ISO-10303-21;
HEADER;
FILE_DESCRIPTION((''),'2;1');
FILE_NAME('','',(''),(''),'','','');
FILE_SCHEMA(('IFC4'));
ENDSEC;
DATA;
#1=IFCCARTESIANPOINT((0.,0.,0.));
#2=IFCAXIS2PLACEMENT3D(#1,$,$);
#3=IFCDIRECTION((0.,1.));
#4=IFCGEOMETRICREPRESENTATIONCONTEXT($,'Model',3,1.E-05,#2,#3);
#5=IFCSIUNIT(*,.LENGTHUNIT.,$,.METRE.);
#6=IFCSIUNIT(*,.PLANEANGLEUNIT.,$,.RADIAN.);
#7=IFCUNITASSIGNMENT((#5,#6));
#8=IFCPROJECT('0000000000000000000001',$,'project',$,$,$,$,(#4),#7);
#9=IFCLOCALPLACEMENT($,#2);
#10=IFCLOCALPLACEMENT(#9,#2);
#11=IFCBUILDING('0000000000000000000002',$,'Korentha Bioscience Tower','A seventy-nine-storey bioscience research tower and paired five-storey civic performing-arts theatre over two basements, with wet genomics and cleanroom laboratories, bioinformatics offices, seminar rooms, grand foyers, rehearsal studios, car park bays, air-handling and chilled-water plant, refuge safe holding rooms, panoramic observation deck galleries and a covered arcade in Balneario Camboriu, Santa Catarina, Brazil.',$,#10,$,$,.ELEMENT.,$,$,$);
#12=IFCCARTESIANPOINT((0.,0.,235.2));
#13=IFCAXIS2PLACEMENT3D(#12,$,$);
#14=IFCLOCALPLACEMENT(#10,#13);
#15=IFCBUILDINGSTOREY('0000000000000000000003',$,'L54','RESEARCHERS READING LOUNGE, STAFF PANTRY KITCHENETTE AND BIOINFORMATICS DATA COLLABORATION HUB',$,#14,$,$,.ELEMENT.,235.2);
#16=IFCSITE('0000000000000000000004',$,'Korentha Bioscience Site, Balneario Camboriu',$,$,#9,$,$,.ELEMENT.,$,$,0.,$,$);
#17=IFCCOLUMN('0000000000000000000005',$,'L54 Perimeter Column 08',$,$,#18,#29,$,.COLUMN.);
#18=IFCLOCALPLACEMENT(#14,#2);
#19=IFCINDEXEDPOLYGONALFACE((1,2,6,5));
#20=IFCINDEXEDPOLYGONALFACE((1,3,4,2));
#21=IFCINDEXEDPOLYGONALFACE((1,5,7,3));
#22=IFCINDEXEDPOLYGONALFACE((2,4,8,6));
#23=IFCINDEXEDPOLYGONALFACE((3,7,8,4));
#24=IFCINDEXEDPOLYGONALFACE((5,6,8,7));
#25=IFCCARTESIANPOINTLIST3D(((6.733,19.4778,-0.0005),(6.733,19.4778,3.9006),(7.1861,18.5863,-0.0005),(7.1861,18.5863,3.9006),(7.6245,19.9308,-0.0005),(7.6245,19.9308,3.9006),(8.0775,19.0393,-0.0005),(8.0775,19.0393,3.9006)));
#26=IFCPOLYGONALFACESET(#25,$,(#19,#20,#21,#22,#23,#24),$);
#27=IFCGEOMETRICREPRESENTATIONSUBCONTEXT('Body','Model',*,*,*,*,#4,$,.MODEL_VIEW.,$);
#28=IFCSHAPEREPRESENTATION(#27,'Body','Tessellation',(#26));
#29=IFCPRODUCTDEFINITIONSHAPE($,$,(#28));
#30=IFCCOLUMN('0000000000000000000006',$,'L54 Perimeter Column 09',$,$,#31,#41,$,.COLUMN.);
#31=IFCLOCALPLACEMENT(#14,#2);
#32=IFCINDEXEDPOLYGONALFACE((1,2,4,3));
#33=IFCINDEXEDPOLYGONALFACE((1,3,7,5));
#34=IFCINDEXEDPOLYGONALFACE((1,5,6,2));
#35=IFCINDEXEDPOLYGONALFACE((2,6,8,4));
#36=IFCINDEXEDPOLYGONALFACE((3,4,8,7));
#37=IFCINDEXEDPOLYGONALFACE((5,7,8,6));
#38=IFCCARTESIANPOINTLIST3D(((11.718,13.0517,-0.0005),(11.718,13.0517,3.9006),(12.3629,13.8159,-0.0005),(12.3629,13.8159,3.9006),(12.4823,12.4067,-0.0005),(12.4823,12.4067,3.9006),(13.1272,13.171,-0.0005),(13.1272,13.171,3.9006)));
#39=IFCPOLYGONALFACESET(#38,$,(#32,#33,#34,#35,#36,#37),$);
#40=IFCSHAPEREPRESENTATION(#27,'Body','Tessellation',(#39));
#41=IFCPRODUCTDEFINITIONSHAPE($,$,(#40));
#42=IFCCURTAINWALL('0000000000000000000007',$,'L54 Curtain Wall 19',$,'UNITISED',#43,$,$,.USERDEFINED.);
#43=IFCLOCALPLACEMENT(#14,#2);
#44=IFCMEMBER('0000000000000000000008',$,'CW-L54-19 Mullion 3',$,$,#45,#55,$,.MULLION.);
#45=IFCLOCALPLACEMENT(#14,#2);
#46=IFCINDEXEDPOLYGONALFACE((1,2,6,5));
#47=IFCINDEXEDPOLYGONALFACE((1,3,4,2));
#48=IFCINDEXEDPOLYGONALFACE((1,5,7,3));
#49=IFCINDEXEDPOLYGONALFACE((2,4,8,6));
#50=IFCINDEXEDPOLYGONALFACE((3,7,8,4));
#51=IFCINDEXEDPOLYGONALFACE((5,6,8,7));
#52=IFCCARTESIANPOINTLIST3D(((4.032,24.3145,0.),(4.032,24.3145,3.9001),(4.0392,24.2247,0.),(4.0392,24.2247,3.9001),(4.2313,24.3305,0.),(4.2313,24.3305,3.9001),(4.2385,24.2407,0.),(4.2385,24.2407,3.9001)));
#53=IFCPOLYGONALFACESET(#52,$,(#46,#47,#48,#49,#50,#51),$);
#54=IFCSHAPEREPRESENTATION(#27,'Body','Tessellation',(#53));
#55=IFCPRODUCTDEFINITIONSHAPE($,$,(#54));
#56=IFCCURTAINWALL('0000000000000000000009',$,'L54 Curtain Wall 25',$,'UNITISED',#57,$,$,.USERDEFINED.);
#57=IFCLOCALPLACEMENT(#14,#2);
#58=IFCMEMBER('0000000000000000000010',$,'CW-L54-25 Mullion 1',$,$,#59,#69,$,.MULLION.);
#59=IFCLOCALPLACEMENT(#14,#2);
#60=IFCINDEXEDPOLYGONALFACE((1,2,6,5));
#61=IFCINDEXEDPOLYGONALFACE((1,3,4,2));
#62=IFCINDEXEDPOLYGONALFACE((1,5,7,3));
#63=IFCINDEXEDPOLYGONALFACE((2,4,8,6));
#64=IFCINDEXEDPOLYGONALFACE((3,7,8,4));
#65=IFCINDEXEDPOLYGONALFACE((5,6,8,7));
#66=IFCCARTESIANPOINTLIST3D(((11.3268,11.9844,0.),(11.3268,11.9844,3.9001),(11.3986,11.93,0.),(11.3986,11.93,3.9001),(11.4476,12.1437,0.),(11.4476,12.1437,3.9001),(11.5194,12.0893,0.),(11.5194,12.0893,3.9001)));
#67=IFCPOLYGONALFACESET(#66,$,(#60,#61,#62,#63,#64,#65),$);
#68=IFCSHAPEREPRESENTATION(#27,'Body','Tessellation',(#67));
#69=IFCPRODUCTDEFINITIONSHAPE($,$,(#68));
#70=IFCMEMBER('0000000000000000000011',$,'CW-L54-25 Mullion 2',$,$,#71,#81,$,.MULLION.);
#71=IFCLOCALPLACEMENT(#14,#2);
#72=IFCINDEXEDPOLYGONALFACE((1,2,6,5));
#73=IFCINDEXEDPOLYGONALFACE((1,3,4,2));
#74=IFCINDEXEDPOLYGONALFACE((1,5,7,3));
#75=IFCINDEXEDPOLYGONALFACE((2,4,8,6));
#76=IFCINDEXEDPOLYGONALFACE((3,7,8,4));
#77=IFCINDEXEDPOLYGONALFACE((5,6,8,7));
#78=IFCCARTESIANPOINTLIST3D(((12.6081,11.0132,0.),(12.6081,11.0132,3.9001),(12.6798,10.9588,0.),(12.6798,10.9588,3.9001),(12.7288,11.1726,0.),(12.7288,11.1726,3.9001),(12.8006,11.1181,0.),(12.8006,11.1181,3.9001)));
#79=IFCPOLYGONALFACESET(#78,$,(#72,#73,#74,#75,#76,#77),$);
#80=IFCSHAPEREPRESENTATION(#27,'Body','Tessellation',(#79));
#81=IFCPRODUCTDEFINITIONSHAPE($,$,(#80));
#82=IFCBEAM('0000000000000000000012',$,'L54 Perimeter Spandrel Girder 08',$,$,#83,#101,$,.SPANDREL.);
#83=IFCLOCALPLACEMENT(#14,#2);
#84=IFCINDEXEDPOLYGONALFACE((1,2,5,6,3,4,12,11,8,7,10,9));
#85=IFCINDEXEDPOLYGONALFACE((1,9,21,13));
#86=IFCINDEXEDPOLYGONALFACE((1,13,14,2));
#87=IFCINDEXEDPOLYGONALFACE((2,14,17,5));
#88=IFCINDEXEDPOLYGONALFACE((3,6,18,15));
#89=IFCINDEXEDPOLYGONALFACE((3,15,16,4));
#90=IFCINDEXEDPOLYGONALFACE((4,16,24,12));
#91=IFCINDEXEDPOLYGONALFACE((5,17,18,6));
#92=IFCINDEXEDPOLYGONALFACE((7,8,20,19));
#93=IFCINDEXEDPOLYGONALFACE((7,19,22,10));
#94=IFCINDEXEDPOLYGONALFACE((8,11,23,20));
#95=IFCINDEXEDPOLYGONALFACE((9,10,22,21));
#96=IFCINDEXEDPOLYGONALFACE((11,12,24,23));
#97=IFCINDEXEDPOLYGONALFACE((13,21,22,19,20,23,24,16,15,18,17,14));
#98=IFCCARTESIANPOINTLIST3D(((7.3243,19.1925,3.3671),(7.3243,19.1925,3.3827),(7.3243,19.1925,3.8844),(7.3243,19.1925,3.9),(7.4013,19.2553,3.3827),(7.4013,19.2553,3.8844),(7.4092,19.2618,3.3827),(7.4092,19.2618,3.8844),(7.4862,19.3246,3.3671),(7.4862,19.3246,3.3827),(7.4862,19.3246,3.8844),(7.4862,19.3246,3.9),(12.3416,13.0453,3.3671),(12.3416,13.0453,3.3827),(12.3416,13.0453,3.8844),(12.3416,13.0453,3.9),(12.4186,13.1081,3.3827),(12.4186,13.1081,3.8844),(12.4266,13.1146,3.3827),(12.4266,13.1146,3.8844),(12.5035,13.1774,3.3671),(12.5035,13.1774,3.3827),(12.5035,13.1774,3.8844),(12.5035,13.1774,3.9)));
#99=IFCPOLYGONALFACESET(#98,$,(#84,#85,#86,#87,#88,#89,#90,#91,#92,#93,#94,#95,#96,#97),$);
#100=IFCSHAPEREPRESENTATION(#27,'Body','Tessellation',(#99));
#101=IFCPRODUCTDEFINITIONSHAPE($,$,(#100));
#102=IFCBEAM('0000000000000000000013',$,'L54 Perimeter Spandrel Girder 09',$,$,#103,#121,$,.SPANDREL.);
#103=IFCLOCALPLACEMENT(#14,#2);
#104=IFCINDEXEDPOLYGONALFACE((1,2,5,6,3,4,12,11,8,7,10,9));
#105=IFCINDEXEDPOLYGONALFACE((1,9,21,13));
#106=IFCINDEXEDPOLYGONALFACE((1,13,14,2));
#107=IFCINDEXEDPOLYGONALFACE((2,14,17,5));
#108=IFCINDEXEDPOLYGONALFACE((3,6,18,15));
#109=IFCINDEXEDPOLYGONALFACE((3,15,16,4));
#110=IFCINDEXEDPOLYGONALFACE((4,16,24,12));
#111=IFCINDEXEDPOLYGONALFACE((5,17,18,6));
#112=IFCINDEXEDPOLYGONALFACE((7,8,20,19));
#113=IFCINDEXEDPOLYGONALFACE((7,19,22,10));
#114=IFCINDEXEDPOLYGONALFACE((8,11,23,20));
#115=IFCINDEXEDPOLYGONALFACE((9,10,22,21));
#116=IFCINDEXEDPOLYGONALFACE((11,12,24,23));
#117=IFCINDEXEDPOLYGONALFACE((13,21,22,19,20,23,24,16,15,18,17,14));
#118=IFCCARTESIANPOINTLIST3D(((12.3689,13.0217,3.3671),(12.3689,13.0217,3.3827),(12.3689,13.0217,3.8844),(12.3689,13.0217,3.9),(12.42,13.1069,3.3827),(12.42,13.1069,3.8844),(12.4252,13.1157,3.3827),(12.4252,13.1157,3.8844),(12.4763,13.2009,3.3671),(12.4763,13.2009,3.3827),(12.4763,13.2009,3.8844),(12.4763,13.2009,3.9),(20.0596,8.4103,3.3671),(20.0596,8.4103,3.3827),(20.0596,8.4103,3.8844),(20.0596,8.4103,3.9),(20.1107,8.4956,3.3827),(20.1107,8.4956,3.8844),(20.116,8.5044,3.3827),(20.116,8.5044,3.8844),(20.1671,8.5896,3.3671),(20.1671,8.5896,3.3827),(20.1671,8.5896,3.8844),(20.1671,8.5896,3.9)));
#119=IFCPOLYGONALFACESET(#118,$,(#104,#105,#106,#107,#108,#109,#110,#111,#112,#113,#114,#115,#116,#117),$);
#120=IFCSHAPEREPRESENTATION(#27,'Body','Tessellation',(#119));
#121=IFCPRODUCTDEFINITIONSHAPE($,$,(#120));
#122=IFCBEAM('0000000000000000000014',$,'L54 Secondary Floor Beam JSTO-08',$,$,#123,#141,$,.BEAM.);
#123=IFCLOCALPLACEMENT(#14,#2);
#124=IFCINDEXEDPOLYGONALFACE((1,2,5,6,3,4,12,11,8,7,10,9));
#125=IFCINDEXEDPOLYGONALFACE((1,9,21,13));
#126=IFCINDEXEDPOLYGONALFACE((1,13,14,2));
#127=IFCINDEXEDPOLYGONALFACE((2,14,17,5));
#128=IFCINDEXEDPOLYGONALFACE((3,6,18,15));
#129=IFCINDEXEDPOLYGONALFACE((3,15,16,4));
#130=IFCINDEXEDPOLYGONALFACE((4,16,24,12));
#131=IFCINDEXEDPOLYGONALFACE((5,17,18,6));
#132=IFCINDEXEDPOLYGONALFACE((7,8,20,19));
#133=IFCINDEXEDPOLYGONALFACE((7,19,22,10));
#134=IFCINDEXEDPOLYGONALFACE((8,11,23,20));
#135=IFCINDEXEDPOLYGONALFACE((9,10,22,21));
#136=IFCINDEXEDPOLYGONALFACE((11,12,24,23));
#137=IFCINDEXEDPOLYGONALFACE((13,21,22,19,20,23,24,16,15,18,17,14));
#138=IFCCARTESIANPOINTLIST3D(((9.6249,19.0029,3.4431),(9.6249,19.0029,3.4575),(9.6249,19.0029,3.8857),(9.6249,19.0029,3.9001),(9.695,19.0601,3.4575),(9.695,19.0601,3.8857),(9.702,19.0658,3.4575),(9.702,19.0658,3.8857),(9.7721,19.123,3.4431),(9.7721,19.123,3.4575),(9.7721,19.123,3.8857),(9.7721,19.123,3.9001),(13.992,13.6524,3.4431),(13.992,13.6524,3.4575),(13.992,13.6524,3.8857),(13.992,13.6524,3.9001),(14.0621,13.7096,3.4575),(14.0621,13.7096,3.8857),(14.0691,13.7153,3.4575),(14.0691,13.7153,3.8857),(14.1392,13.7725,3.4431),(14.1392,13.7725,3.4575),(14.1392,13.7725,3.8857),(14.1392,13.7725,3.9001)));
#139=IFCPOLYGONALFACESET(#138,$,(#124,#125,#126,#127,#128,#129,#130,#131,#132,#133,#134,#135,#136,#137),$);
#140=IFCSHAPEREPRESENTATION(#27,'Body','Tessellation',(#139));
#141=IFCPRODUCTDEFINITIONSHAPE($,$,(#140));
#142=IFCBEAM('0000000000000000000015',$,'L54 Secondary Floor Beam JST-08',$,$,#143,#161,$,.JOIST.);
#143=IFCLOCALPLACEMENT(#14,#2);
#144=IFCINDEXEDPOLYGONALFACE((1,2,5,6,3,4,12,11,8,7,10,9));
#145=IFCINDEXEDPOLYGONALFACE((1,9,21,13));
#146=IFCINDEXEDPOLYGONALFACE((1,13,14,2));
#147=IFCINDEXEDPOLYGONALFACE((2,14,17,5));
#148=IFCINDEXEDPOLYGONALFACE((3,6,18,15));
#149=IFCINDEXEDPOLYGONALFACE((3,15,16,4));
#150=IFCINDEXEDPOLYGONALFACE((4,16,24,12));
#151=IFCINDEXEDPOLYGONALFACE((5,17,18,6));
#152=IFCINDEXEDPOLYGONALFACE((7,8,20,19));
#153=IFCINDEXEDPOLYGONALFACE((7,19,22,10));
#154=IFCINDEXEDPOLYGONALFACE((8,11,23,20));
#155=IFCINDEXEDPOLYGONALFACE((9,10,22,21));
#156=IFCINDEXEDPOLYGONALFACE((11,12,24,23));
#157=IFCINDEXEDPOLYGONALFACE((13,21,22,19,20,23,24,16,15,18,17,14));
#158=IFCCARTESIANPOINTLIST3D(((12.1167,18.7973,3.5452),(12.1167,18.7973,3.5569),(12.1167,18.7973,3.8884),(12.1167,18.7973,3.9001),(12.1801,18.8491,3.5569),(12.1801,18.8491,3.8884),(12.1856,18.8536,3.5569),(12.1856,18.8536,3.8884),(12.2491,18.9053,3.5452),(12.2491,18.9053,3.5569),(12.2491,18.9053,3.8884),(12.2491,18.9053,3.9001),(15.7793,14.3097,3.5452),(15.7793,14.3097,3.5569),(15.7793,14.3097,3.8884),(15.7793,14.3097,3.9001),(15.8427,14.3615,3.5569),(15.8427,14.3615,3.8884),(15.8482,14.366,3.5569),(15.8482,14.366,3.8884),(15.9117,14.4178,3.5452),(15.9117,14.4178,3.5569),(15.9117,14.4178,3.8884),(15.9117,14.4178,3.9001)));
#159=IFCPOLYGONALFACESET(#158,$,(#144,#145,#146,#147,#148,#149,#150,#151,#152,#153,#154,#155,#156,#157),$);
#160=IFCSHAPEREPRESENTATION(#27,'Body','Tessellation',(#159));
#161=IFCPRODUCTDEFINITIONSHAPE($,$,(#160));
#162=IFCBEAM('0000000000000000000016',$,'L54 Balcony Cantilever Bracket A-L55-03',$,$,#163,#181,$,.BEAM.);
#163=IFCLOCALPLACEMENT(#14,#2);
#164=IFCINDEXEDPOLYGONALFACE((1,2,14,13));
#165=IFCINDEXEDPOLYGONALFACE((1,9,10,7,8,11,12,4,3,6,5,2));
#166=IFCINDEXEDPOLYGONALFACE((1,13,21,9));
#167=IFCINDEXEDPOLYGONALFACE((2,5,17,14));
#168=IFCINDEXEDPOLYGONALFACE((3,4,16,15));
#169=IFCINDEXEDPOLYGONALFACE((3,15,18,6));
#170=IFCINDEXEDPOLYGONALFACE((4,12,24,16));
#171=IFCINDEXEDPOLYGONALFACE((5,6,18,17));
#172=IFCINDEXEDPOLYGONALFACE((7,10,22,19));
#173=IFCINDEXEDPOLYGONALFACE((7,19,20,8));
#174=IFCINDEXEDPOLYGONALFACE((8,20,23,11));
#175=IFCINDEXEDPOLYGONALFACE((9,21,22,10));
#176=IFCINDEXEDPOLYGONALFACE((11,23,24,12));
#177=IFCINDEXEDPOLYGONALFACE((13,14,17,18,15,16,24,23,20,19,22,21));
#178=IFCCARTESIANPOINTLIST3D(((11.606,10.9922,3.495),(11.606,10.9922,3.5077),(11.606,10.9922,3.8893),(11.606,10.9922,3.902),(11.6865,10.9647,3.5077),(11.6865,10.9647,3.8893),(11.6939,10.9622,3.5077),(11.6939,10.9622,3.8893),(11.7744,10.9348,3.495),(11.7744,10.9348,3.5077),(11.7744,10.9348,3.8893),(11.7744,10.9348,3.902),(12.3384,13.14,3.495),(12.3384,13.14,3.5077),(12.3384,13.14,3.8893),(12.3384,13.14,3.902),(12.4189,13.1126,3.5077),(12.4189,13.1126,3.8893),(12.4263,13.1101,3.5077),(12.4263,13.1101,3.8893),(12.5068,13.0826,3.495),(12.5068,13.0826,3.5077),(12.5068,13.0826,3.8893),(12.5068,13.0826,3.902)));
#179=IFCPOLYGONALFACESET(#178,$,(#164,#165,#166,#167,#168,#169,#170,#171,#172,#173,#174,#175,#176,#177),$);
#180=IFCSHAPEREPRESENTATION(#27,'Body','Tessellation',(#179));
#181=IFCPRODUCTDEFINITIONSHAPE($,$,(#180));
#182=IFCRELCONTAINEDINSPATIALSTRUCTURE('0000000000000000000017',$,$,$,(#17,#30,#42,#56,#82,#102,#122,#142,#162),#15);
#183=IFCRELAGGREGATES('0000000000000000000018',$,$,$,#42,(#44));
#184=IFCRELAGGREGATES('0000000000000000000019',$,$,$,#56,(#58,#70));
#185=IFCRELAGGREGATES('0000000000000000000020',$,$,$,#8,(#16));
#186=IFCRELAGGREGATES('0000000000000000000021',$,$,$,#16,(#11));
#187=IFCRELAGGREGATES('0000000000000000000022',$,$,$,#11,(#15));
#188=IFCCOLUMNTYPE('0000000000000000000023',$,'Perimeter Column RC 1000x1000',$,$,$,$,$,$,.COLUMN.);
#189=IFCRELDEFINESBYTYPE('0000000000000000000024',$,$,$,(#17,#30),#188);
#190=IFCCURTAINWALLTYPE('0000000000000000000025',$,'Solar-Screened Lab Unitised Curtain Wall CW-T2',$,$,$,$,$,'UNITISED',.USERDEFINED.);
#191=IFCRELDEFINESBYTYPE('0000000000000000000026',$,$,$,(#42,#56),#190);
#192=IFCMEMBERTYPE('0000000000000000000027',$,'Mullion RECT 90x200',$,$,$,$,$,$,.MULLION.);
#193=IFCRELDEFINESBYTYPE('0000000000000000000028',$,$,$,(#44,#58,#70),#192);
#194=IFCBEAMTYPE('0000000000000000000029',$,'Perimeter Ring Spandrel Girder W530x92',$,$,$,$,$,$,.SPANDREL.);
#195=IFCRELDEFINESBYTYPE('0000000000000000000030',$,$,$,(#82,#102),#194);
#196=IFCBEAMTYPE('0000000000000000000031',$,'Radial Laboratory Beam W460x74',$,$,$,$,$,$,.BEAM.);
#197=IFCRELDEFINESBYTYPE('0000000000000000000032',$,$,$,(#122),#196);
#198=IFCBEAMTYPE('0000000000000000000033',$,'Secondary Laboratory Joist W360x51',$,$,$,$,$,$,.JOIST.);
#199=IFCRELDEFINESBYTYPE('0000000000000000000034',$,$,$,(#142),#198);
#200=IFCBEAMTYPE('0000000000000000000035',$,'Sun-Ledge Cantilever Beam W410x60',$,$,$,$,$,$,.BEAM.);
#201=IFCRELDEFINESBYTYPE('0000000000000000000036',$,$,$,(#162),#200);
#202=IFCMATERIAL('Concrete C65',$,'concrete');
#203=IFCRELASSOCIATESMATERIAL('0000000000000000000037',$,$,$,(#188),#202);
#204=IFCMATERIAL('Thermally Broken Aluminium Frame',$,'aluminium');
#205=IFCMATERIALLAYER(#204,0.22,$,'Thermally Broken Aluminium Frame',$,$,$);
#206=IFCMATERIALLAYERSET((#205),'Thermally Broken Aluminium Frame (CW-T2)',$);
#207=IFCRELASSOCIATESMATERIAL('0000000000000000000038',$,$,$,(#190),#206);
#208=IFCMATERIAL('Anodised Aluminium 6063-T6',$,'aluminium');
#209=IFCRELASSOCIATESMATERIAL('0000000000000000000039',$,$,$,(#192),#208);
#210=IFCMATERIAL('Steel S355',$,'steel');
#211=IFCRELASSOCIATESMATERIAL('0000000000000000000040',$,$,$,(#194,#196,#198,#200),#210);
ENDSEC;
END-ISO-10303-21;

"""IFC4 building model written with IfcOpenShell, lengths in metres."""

from ifc_helpers import new_model, si_unit, direction, frame, origin, origin_2d, place, context, subcontext, project, spatial, rectangle, i_section, extrude, material, layer, layer_set, material_profile, profile_set, type_object, element, aggregate, save


model = new_model("IFC4")

# Units and contexts
model_context = context("Model", 3, precision=1e-05, world=origin(), true_north=direction((0.0, 1.0)))
body_context = subcontext(model_context, "Body", "Model", "MODEL_VIEW")
ifc_project = project(units=[si_unit("LENGTHUNIT", "METRE"), si_unit("PLANEANGLEUNIT", "RADIAN")], contexts=[model_context])

# Site, building, storey
site_placement = place(None, origin())
site = spatial("IfcSite", under=ifc_project, at=site_placement, Name="Korentha Bioscience Site, Balneario Camboriu", CompositionType="ELEMENT", RefElevation=0.0)
building_placement = place(site_placement, origin())
building = spatial("IfcBuilding", under=site, at=building_placement, Name="Korentha Bioscience Tower", Description="A seventy-nine-storey bioscience research tower and paired five-storey civic performing-arts theatre over two basements, with wet genomics and cleanroom laboratories, bioinformatics offices, seminar rooms, grand foyers, rehearsal studios, car park bays, air-handling and chilled-water plant, refuge safe holding rooms, panoramic observation deck galleries and a covered arcade in Balneario Camboriu, Santa Catarina, Brazil.", CompositionType="ELEMENT")
storey_placement = place(building_placement, frame((0.0, 0.0, 235.2)))
storey = spatial("IfcBuildingStorey", under=building, at=storey_placement, Name="L54", Description="RESEARCHERS READING LOUNGE, STAFF PANTRY KITCHENETTE AND BIOINFORMATICS DATA COLLABORATION HUB", CompositionType="ELEMENT", Elevation=235.2)

# Columns
ifc_material_1 = material(Name="Concrete C65", Category="concrete")
ifc_material_profile_1 = material_profile(ifc_material_1, rectangle(XDim=1.0, YDim=1.0, at=origin_2d()), Name="Concrete C65")
ifc_profile_set_1 = profile_set([ifc_material_profile_1], Name="Concrete C65 (COL-P10)")
column_type = type_object("IfcColumnType", Name="Perimeter Column RC 1000x1000", PredefinedType="COLUMN", material=ifc_profile_set_1)
for number, where, z_axis, x_axis, name in (
    (1, (7.4053, 19.2585, -0.0005), (0.0, 0.0, 1.0), (-0.453057, 0.891481, 0.0), "L54 Perimeter Column 08"),
    (2, (12.4226, 13.1113, -0.0005), (0.0, 0.0, 1.0), (-0.764246, 0.644924, 0.0), "L54 Perimeter Column 09"),
):
    element("IfcColumn", number, at=place(storey_placement, frame(where, z_axis=z_axis, x_axis=x_axis)), inside=storey, type_object=column_type, Name=name, PredefinedType="COLUMN", context=body_context, shape_type="SweptSolid", body=[
        extrude(rectangle(XDim=1.0, YDim=1.0, at=origin_2d()), origin(), (0.0, 0.0, 1.0), 3.9011),
    ])

# Curtain wall, member
ifc_material_2 = material(Name="Thermally Broken Aluminium Frame", Category="aluminium")
ifc_layer_1 = layer(ifc_material_2, 0.22, Name="Thermally Broken Aluminium Frame")
ifc_layer_set_1 = layer_set([ifc_layer_1], Name="Thermally Broken Aluminium Frame (CW-T2)")
curtain_wall_type = type_object("IfcCurtainWallType", Name="Solar-Screened Lab Unitised Curtain Wall CW-T2", ElementType="UNITISED", PredefinedType="USERDEFINED", material=ifc_layer_set_1)
curtain_wall_1_placement = place(storey_placement, origin())
curtain_wall_1 = element("IfcCurtainWall", 3, at=curtain_wall_1_placement, inside=storey, type_object=curtain_wall_type, Name="L54 Curtain Wall 19", ObjectType="UNITISED", PredefinedType="USERDEFINED")
ifc_material_3 = material(Name="Anodised Aluminium 6063-T6", Category="aluminium")
ifc_material_profile_2 = material_profile(ifc_material_3, rectangle(XDim=0.0901, YDim=0.2, at=origin_2d()), Name="Anodised Aluminium 6063-T6")
ifc_profile_set_2 = profile_set([ifc_material_profile_2], Name="Anodised Aluminium 6063-T6 (CW-MUL)")
member_type_1 = type_object("IfcMemberType", Name="Mullion RECT 90x200", PredefinedType="MULLION", material=ifc_profile_set_2)
member_1_placement = place(storey_placement, frame((4.1353, 24.2776, 0.0), z_axis=(0.0, 0.0, 1.0), x_axis=(0.079748, -0.996815, 0.0)))
member_1 = element("IfcMember", 4, at=member_1_placement, type_object=member_type_1, Name="CW-L54-19 Mullion 3", PredefinedType="MULLION", context=body_context, shape_type="SweptSolid", body=[
    extrude(rectangle(XDim=0.0901, YDim=0.2, at=origin_2d()), origin(), (0.0, 0.0, 1.0), 3.9001),
])

# Curtain wall, members
curtain_wall_2_placement = place(storey_placement, origin())
curtain_wall_2 = element("IfcCurtainWall", 5, at=curtain_wall_2_placement, inside=storey, type_object=curtain_wall_type, Name="L54 Curtain Wall 25", ObjectType="UNITISED", PredefinedType="USERDEFINED")
member_2_placement = place(storey_placement, frame((11.4231, 12.0369, 0.0), z_axis=(0.0, 0.0, 1.0), x_axis=(0.796889, -0.604126, 0.0)))
member_2 = element("IfcMember", 6, at=member_2_placement, type_object=member_type_1, Name="CW-L54-25 Mullion 1", PredefinedType="MULLION", context=body_context, shape_type="SweptSolid", body=[
    extrude(rectangle(XDim=0.0901, YDim=0.2, at=origin_2d()), origin(), (0.0, 0.0, 1.0), 3.9001),
])
member_3_placement = place(storey_placement, frame((12.7043, 11.0657, 0.0), z_axis=(0.0, 0.0, 1.0), x_axis=(0.796889, -0.604126, 0.0)))
member_3 = element("IfcMember", 7, at=member_3_placement, type_object=member_type_1, Name="CW-L54-25 Mullion 2", PredefinedType="MULLION", context=body_context, shape_type="SweptSolid", body=[
    extrude(rectangle(XDim=0.0901, YDim=0.2, at=origin_2d()), origin(), (0.0, 0.0, 1.0), 3.9001),
])

# Beams
ifc_material_4 = material(Name="Steel S355", Category="steel")
ifc_material_profile_3 = material_profile(ifc_material_4, i_section(OverallWidth=0.209, OverallDepth=0.533, WebThickness=0.0103, FlangeThickness=0.0156, at=origin_2d()), Name="Steel S355")
ifc_profile_set_3 = profile_set([ifc_material_profile_3], Name="Steel S355 (SB-530)")
beam_type_1 = type_object("IfcBeamType", Name="Perimeter Ring Spandrel Girder W530x92", PredefinedType="SPANDREL", material=ifc_profile_set_3)
beam_1_placement = place(storey_placement, frame((7.4053, 19.2585, 3.6335), z_axis=(0.632316, -0.774711, 0.0), x_axis=(0.774711, 0.632316, 0.0)))
element("IfcBeam", 8, at=beam_1_placement, inside=storey, type_object=beam_type_1, Name="L54 Perimeter Spandrel Girder 08", PredefinedType="SPANDREL", context=body_context, shape_type="SweptSolid", body=[
    extrude(i_section(OverallWidth=0.209, OverallDepth=0.533, WebThickness=0.0103, FlangeThickness=0.0156, at=origin_2d()), origin(), (0.0, 0.0, 1.0), 7.9348),
])
beam_2_placement = place(storey_placement, frame((12.4226, 13.1113, 3.6335), z_axis=(0.857644, -0.514243, 0.0), x_axis=(0.514243, 0.857644, 0.0)))
element("IfcBeam", 9, at=beam_2_placement, inside=storey, type_object=beam_type_1, Name="L54 Perimeter Spandrel Girder 09", PredefinedType="SPANDREL", context=body_context, shape_type="SweptSolid", body=[
    extrude(i_section(OverallWidth=0.209, OverallDepth=0.533, WebThickness=0.0103, FlangeThickness=0.0156, at=origin_2d()), origin(), (0.0, 0.0, 1.0), 8.9673),
])
ifc_material_profile_4 = material_profile(ifc_material_4, i_section(OverallWidth=0.1899, OverallDepth=0.457, WebThickness=0.009, FlangeThickness=0.0144, at=origin_2d()), Name="Steel S355")
ifc_profile_set_4 = profile_set([ifc_material_profile_4], Name="Steel S355 (RB-460)")
beam_type_2 = type_object("IfcBeamType", Name="Radial Laboratory Beam W460x74", PredefinedType="BEAM", material=ifc_profile_set_4)
beam_3_placement = place(storey_placement, frame((9.6985, 19.063, 3.6716), z_axis=(0.632321, -0.774706, 0.0), x_axis=(0.774706, 0.632321, 0.0)))
element("IfcBeam", 10, at=beam_3_placement, inside=storey, type_object=beam_type_2, Name="L54 Secondary Floor Beam JSTO-08", PredefinedType="BEAM", context=body_context, shape_type="SweptSolid", body=[
    extrude(i_section(OverallWidth=0.1899, OverallDepth=0.457, WebThickness=0.009, FlangeThickness=0.0144, at=origin_2d()), origin(), (0.0, 0.0, 1.0), 6.9065),
])
ifc_material_profile_5 = material_profile(ifc_material_4, i_section(OverallWidth=0.1709, OverallDepth=0.355, WebThickness=0.0071, FlangeThickness=0.0117, at=origin_2d()), Name="Steel S355")
ifc_profile_set_5 = profile_set([ifc_material_profile_5], Name="Steel S355 (JB-360)")
beam_type_3 = type_object("IfcBeamType", Name="Secondary Laboratory Joist W360x51", PredefinedType="JOIST", material=ifc_profile_set_5)
beam_4_placement = place(storey_placement, frame((12.1829, 18.8513, 3.7227), z_axis=(0.632303, -0.774721, 0.0), x_axis=(0.774721, 0.632303, 0.0)))
element("IfcBeam", 11, at=beam_4_placement, inside=storey, type_object=beam_type_3, Name="L54 Secondary Floor Beam JST-08", PredefinedType="JOIST", context=body_context, shape_type="SweptSolid", body=[
    extrude(i_section(OverallWidth=0.1709, OverallDepth=0.355, WebThickness=0.0071, FlangeThickness=0.0117, at=origin_2d()), origin(), (0.0, 0.0, 1.0), 5.7925),
])
ifc_material_profile_6 = material_profile(ifc_material_4, i_section(OverallWidth=0.178, OverallDepth=0.407, WebThickness=0.0078, FlangeThickness=0.0127, at=origin_2d()), Name="Steel S355")
ifc_profile_set_6 = profile_set([ifc_material_profile_6], Name="Steel S355 (CB-410)")
beam_type_4 = type_object("IfcBeamType", Name="Sun-Ledge Cantilever Beam W410x60", PredefinedType="BEAM", material=ifc_profile_set_6)
beam_5_placement = place(storey_placement, frame((12.4226, 13.1113, 3.6985), z_axis=(-0.32274, -0.946488, 0.0), x_axis=(0.946488, -0.32274, 0.0)))
element("IfcBeam", 12, at=beam_5_placement, inside=storey, type_object=beam_type_4, Name="L54 Balcony Cantilever Bracket A-L55-03", PredefinedType="BEAM", context=body_context, shape_type="SweptSolid", body=[
    extrude(i_section(OverallWidth=0.178, OverallDepth=0.407, WebThickness=0.0078, FlangeThickness=0.0127, at=origin_2d()), origin(), (0.0, 0.0, 1.0), 2.2693),
])

aggregate(curtain_wall_1, [member_1])
aggregate(curtain_wall_2, [member_2, member_3])

save(model, "model.ifc")
